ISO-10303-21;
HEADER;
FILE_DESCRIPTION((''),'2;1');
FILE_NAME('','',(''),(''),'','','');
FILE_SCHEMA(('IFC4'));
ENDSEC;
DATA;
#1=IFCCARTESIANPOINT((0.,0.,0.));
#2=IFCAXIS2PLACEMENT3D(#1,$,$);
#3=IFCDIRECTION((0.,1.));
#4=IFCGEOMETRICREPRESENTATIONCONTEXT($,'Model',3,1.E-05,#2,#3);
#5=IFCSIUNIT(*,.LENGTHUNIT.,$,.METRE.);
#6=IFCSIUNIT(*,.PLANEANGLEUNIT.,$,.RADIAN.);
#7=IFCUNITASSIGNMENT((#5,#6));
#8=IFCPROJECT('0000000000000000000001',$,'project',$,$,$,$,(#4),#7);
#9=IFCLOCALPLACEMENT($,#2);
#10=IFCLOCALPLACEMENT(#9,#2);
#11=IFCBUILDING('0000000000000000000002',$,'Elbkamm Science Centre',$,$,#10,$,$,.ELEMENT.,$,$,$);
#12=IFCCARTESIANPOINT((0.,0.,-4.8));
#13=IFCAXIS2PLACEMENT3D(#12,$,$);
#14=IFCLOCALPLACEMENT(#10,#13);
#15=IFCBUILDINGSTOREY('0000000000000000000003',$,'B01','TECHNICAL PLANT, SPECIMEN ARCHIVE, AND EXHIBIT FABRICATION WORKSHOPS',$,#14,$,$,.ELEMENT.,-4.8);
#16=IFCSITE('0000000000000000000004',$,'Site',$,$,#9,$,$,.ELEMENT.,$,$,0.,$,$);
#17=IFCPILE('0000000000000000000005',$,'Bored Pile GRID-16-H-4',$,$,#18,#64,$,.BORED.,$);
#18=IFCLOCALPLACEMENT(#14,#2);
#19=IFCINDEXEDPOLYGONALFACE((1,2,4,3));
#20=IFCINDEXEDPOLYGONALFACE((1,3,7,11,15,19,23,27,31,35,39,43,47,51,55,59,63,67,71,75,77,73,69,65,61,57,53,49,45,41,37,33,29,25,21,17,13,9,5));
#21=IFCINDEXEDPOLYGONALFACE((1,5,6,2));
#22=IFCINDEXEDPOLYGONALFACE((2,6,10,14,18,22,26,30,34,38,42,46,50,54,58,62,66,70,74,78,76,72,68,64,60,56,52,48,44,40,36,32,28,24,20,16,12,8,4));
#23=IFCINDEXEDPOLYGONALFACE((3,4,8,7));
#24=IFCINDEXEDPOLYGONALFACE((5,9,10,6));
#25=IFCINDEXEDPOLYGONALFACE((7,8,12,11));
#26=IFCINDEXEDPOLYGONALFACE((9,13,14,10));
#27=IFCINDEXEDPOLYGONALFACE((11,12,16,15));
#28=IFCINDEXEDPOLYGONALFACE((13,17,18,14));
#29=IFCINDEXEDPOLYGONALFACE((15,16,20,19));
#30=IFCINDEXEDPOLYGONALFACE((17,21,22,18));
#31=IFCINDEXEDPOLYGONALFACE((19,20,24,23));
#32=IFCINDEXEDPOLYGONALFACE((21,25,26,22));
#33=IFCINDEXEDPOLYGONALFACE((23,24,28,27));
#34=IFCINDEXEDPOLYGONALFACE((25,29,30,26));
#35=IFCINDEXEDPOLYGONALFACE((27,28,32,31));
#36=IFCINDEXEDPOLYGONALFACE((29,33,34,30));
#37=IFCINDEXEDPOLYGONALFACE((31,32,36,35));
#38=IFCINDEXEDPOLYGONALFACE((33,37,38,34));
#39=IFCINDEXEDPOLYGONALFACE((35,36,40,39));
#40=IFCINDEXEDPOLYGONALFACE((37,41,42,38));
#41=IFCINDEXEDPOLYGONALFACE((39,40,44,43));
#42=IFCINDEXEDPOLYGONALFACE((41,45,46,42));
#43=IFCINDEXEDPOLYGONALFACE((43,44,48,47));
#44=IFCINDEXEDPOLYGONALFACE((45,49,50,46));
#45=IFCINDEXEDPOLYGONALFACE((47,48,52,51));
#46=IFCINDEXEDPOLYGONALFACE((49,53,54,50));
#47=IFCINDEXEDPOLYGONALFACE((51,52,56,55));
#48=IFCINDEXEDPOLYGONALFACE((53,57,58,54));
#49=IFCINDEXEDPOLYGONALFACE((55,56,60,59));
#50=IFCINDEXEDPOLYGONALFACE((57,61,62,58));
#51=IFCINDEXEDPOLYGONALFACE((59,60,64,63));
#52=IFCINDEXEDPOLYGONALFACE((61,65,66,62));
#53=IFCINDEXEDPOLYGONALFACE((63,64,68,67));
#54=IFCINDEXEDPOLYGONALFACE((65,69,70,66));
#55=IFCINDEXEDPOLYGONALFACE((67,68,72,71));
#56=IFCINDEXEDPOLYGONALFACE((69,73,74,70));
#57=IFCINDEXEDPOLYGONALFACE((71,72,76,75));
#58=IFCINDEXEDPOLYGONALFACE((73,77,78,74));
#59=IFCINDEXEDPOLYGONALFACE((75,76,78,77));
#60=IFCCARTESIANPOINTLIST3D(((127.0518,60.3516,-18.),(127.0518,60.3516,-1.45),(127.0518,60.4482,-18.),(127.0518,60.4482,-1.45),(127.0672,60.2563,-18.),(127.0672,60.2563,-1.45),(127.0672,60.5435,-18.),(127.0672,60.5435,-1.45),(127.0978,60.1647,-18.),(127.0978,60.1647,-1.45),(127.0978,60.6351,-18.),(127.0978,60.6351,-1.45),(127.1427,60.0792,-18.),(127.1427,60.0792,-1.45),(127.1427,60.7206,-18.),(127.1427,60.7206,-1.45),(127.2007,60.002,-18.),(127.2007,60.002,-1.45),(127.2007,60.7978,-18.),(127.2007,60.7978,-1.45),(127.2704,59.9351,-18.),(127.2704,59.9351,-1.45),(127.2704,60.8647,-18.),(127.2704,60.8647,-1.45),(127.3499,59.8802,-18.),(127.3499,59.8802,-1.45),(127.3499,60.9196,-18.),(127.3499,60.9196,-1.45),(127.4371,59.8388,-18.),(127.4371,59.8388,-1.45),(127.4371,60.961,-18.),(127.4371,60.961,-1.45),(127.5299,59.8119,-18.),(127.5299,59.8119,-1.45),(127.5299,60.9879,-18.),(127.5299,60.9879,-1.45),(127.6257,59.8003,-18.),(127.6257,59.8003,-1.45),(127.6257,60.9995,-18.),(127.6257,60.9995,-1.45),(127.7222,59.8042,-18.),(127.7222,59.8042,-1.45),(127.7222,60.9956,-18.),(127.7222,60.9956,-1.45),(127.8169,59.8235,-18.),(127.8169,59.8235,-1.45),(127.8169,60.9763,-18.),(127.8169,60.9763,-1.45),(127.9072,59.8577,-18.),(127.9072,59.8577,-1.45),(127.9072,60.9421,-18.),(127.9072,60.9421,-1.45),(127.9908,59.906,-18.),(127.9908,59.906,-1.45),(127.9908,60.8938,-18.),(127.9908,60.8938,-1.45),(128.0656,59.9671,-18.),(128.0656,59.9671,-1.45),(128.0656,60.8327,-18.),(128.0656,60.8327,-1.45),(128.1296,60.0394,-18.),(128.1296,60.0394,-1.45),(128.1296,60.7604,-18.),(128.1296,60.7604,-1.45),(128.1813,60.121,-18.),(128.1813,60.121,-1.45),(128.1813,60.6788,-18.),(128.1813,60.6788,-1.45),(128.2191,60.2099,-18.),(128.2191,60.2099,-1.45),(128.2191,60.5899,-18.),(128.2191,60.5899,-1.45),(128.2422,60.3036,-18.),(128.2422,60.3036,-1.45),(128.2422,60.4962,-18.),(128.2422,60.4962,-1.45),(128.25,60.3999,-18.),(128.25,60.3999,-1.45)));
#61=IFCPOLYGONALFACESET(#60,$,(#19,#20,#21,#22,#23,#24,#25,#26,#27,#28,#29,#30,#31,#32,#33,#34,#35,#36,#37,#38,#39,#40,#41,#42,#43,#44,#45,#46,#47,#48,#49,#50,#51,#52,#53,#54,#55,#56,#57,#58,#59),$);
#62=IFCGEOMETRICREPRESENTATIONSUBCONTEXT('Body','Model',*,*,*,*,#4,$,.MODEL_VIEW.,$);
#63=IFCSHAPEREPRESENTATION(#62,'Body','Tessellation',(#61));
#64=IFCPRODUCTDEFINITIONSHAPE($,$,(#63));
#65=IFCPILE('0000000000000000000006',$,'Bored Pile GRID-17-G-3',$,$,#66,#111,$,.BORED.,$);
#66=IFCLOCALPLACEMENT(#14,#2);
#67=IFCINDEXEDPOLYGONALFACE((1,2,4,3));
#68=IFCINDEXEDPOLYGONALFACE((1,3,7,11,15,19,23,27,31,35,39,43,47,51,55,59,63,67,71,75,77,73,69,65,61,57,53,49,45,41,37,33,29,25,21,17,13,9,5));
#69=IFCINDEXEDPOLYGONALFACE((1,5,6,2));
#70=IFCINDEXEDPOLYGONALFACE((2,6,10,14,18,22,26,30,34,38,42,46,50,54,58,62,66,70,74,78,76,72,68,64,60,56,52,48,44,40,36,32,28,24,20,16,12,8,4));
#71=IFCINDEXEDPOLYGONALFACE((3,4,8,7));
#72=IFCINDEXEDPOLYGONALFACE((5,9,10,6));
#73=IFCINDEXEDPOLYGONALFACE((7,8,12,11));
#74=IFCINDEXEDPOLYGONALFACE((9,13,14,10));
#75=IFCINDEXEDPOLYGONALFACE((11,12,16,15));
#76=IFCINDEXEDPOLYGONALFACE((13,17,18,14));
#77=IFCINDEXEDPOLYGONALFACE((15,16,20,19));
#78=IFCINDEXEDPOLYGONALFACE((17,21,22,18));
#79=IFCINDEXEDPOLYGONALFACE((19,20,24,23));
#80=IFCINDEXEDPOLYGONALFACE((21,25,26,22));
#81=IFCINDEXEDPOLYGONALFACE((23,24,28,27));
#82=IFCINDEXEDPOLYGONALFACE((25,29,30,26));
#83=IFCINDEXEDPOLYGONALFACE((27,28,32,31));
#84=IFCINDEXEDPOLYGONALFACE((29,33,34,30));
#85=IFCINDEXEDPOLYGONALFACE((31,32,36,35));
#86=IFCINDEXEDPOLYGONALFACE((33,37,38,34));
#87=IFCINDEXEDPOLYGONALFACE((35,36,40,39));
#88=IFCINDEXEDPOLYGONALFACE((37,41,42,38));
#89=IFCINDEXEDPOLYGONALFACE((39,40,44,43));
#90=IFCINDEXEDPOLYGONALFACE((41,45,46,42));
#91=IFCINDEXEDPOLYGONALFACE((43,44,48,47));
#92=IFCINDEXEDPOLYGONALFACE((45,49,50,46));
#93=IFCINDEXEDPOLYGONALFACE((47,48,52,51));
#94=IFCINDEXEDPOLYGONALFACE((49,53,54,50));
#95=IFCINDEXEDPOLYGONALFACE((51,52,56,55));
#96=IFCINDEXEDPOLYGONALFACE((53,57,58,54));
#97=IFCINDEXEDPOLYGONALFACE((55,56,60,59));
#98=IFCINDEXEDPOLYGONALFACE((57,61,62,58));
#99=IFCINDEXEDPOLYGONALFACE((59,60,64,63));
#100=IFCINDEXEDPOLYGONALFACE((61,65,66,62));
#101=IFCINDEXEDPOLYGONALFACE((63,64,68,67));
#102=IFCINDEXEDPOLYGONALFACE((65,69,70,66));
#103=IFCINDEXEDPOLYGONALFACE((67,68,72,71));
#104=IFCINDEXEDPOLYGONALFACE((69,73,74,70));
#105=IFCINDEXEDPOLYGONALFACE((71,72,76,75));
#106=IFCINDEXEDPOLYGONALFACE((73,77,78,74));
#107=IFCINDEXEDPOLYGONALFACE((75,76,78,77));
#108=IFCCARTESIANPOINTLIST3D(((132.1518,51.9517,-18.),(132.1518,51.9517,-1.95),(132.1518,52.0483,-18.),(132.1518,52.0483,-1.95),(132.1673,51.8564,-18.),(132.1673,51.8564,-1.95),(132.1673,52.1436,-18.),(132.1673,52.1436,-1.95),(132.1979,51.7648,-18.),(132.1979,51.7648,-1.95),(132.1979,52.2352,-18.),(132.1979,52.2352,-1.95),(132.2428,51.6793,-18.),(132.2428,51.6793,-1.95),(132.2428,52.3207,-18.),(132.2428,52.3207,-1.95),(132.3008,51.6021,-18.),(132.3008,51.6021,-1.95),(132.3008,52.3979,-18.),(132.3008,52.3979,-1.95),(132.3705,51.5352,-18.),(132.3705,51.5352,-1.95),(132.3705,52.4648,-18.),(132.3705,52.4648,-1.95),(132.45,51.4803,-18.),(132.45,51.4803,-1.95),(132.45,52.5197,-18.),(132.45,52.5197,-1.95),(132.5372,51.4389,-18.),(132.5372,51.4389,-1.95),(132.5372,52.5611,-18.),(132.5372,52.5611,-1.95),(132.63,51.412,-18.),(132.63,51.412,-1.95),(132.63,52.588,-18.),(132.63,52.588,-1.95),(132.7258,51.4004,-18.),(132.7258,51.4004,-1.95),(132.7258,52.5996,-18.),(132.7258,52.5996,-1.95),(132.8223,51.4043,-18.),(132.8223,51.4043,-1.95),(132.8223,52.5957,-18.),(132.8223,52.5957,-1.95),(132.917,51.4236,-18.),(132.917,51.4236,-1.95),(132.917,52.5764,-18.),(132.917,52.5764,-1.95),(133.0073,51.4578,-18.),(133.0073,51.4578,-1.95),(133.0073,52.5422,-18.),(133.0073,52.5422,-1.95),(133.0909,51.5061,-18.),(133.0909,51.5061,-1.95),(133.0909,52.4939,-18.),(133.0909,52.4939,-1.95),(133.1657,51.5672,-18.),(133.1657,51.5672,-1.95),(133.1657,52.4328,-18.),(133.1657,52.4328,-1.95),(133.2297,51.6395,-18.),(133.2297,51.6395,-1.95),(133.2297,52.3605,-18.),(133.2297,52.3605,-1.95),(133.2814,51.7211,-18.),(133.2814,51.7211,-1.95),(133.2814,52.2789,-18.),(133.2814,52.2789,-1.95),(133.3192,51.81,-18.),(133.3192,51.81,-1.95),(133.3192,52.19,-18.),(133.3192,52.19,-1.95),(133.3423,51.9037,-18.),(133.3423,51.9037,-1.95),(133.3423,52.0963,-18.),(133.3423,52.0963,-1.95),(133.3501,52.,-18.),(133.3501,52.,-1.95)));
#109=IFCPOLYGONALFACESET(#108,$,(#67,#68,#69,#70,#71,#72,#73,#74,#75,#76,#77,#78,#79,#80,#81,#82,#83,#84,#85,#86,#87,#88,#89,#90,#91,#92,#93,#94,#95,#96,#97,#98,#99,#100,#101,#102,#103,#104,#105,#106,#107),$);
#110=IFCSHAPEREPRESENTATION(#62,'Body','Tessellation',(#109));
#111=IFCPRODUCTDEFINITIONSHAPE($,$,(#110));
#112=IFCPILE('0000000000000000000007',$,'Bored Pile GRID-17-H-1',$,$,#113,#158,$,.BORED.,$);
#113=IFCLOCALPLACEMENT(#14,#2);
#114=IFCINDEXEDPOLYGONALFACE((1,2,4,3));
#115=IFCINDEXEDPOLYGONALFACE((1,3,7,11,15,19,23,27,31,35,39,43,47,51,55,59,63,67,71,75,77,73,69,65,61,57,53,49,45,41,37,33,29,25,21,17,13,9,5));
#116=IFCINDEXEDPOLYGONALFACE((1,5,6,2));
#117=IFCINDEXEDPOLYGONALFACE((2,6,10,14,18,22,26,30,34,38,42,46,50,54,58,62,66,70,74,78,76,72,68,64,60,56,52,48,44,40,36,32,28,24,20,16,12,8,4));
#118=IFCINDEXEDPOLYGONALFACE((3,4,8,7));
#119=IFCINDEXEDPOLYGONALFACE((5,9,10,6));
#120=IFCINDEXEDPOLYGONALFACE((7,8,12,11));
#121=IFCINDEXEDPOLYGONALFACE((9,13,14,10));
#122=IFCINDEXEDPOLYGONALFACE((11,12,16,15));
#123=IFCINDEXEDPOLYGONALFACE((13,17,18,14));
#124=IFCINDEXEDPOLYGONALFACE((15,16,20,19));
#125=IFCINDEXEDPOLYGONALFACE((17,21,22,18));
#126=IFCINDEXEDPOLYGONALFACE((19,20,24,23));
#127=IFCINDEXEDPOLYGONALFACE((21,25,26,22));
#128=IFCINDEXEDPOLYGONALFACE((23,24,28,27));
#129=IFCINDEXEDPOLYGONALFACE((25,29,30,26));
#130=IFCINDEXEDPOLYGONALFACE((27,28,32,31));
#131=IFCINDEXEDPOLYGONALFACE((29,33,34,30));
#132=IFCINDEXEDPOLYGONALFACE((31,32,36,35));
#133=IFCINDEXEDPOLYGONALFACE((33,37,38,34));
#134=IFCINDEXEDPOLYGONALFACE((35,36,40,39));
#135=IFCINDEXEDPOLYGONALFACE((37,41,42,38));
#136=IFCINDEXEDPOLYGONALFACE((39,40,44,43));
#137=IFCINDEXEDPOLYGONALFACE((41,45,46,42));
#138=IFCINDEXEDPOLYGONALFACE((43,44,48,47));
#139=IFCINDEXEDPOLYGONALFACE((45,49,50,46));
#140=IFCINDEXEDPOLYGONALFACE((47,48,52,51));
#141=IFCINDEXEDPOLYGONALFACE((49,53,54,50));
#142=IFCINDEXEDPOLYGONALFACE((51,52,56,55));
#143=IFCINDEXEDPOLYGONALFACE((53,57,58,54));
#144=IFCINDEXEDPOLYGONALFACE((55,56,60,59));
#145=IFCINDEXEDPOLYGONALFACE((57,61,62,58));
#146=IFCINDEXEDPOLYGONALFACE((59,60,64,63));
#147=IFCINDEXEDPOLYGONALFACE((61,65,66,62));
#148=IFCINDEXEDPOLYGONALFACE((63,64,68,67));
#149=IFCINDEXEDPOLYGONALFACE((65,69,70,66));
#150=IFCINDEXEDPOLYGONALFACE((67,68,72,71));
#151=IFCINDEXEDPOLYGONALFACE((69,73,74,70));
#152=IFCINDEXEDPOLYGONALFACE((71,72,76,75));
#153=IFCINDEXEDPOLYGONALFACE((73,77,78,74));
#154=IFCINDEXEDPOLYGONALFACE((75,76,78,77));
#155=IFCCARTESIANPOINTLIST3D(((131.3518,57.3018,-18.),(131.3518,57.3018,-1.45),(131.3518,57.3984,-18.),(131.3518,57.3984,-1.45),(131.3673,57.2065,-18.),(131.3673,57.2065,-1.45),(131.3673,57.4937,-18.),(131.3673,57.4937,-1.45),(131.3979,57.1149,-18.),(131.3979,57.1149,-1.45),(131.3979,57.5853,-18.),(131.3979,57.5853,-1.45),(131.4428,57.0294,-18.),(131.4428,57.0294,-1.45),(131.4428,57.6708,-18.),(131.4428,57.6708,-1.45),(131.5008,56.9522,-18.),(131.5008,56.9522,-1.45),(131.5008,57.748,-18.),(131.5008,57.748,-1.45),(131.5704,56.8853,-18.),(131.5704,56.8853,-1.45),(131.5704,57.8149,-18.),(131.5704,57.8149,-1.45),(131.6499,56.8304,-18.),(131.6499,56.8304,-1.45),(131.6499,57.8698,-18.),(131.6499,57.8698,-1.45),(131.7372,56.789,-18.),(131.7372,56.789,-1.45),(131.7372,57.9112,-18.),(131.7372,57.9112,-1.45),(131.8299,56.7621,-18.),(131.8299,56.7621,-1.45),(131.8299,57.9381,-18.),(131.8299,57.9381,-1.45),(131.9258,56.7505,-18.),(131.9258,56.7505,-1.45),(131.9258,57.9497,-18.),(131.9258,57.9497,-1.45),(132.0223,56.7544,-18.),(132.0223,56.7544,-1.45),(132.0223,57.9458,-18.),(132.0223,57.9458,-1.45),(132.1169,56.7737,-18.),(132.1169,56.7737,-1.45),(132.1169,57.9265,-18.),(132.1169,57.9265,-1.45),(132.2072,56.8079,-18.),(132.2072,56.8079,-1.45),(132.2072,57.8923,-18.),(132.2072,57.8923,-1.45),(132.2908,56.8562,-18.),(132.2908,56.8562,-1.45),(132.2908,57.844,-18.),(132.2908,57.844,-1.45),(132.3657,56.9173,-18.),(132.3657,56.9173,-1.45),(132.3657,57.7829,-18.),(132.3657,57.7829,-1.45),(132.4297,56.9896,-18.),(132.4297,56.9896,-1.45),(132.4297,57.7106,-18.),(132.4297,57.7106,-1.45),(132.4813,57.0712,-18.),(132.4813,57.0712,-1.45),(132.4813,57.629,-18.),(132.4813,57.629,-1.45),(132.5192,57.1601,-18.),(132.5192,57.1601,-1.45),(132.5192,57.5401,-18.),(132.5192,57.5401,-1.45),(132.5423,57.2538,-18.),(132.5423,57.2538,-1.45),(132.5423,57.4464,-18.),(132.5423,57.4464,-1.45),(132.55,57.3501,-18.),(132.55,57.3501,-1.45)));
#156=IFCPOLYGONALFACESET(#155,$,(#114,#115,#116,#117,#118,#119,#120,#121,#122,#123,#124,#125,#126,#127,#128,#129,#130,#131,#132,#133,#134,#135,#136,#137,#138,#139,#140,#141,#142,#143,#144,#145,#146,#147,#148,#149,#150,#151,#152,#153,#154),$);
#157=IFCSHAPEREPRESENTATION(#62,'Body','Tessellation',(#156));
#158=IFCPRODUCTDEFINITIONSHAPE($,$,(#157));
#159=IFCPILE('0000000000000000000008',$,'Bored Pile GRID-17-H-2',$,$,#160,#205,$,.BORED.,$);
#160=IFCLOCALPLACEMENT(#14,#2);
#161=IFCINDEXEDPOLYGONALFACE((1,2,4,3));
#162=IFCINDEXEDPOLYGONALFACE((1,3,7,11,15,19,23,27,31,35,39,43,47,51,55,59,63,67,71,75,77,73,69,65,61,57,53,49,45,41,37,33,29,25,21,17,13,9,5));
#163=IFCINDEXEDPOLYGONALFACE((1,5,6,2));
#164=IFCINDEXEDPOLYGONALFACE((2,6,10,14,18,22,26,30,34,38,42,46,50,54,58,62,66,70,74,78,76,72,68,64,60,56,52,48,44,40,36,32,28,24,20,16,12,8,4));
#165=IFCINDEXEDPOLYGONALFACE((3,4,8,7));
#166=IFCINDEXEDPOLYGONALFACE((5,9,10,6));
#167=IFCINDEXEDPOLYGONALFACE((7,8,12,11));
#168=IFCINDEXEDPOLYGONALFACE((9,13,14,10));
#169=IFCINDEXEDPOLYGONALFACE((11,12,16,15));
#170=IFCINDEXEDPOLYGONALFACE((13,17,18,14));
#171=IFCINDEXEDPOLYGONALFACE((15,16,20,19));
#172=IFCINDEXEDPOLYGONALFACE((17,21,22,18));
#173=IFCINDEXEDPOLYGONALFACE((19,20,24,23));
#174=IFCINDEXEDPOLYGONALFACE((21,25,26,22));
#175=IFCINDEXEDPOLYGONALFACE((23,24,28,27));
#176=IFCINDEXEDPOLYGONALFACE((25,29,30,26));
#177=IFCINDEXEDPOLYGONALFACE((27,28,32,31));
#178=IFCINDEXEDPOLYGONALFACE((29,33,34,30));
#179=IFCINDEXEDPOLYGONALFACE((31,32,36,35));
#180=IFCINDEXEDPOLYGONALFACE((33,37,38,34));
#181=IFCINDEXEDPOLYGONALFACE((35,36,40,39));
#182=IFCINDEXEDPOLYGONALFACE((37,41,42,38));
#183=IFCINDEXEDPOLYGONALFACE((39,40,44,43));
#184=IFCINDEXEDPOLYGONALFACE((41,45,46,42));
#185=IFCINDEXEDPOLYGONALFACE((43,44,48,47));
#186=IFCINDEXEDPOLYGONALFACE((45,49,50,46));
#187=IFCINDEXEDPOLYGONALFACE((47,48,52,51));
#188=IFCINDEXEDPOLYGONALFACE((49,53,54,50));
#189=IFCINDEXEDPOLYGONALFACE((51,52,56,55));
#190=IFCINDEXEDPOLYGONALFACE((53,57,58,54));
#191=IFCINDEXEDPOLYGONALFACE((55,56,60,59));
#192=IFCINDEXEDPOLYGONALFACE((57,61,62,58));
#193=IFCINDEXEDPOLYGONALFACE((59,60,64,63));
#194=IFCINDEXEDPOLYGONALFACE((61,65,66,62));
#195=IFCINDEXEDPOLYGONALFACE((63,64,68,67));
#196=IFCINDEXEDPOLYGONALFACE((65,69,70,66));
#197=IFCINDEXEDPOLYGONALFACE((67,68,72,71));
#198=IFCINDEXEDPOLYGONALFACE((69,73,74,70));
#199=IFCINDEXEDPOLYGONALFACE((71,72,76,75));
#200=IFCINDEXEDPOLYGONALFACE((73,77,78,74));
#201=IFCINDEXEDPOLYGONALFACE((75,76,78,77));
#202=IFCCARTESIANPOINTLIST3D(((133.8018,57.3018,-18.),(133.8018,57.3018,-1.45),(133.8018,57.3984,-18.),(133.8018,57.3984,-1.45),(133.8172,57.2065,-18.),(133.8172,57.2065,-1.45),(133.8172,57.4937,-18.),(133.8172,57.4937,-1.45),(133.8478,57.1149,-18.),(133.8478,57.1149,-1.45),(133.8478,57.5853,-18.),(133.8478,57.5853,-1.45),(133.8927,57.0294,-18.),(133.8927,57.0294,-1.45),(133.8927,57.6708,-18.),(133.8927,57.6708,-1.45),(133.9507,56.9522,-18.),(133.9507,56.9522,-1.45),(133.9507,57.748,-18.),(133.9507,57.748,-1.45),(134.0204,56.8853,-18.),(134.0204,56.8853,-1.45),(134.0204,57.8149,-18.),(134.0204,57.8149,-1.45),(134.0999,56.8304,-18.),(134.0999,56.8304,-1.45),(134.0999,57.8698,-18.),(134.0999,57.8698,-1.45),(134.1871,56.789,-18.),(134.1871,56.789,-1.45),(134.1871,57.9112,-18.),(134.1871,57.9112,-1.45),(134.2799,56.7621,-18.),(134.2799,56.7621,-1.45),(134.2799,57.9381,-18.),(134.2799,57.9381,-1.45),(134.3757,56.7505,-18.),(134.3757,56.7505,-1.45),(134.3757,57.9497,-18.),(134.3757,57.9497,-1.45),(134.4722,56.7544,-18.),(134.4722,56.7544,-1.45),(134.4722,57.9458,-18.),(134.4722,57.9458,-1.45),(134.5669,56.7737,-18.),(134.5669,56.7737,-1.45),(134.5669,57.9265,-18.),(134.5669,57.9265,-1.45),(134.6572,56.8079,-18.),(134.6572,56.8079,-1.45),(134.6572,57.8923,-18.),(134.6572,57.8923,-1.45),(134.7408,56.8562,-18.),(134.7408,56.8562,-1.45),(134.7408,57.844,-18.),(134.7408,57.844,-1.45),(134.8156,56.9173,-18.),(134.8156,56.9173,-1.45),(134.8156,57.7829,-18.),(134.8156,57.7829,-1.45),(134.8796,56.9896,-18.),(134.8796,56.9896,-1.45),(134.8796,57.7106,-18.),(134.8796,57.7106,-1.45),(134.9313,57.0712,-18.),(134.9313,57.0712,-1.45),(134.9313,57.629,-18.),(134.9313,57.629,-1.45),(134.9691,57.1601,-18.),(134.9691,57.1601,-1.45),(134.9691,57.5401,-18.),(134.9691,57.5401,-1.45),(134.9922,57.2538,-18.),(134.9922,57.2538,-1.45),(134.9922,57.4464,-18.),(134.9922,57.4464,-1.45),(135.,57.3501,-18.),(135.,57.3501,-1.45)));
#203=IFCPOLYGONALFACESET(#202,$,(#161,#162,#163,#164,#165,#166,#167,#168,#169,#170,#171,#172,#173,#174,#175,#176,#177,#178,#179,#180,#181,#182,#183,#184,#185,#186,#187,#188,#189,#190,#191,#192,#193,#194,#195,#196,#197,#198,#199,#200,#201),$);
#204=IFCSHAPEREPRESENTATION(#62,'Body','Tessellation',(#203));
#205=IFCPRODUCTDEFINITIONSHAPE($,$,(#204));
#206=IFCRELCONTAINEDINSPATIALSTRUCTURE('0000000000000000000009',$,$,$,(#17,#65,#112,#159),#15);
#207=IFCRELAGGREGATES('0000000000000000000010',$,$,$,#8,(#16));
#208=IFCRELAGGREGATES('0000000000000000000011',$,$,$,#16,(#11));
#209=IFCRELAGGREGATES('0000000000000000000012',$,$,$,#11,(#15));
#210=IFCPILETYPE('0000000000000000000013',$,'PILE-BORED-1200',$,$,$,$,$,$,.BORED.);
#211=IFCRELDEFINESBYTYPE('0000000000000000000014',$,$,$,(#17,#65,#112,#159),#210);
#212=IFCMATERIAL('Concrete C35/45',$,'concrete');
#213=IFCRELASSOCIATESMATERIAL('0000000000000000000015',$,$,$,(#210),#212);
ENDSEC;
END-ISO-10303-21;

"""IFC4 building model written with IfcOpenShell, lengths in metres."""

from ifc_helpers import new_model, si_unit, direction, frame, origin, origin_2d, place, context, subcontext, project, spatial, circle, extrude, material, material_profile, profile_set, type_object, element, save


model = new_model("IFC4")

# Units and contexts
model_context = context("Model", 3, precision=1e-05, world=origin(), true_north=direction((0.0, 1.0)))
body_context = subcontext(model_context, "Body", "Model", "MODEL_VIEW")
ifc_project = project(units=[si_unit("LENGTHUNIT", "METRE"), si_unit("PLANEANGLEUNIT", "RADIAN")], contexts=[model_context])

# Site, building, storey
site_placement = place(None, origin())
site = spatial("IfcSite", under=ifc_project, at=site_placement, Name="Site", CompositionType="ELEMENT", RefElevation=0.0)
building_placement = place(site_placement, origin())
building = spatial("IfcBuilding", under=site, at=building_placement, Name="Elbkamm Science Centre", CompositionType="ELEMENT")
storey_placement = place(building_placement, frame((0.0, 0.0, -4.8)))
storey = spatial("IfcBuildingStorey", under=building, at=storey_placement, Name="B01", Description="TECHNICAL PLANT, SPECIMEN ARCHIVE, AND EXHIBIT FABRICATION WORKSHOPS", CompositionType="ELEMENT", Elevation=-4.8)

# Shared definitions
ifc_material_1 = material(Name="Concrete C35/45", Category="concrete")

# Piles
ifc_material_profile_1 = material_profile(ifc_material_1, circle(Radius=0.6001, at=origin_2d()), Name="PILE D1200")
ifc_profile_set_1 = profile_set([ifc_material_profile_1], Name="Concrete C35/45")
pile_type = type_object("IfcPileType", Name="PILE-BORED-1200", PredefinedType="BORED", material=ifc_profile_set_1)
for number, where, z_axis, x_axis, name in (
    (1, (127.6499, 60.3999, -1.45), (0.0, 0.0, -1.0), (1.0, 0.0, 0.0), "Bored Pile GRID-16-H-4"),
):
    element("IfcPile", number, at=place(storey_placement, frame(where, z_axis=z_axis, x_axis=x_axis)), inside=storey, type_object=pile_type, Name=name, PredefinedType="BORED", context=body_context, shape_type="SweptSolid", body=[
        extrude(circle(Radius=0.6001, at=origin_2d()), origin(), (0.0, 0.0, 1.0), 16.55),
    ])
pile_1_placement = place(storey_placement, frame((132.75, 52.0, -1.95), z_axis=(0.0, 0.0, -1.0), x_axis=(1.0, 0.0, 0.0)))
element("IfcPile", 2, at=pile_1_placement, inside=storey, type_object=pile_type, Name="Bored Pile GRID-17-G-3", PredefinedType="BORED", context=body_context, shape_type="SweptSolid", body=[
    extrude(circle(Radius=0.6001, at=origin_2d()), origin(), (0.0, 0.0, 1.0), 16.05),
])
for number, where, z_axis, x_axis, name in (
    (3, (131.95, 57.3501, -1.45), (0.0, 0.0, -1.0), (1.0, 0.0, 0.0), "Bored Pile GRID-17-H-1"),
    (4, (134.3999, 57.3501, -1.45), (0.0, 0.0, -1.0), (1.0, 0.0, 0.0), "Bored Pile GRID-17-H-2"),
):
    element("IfcPile", number, at=place(storey_placement, frame(where, z_axis=z_axis, x_axis=x_axis)), inside=storey, type_object=pile_type, Name=name, PredefinedType="BORED", context=body_context, shape_type="SweptSolid", body=[
        extrude(circle(Radius=0.6001, at=origin_2d()), origin(), (0.0, 0.0, 1.0), 16.55),
    ])

save(model, "model.ifc")
